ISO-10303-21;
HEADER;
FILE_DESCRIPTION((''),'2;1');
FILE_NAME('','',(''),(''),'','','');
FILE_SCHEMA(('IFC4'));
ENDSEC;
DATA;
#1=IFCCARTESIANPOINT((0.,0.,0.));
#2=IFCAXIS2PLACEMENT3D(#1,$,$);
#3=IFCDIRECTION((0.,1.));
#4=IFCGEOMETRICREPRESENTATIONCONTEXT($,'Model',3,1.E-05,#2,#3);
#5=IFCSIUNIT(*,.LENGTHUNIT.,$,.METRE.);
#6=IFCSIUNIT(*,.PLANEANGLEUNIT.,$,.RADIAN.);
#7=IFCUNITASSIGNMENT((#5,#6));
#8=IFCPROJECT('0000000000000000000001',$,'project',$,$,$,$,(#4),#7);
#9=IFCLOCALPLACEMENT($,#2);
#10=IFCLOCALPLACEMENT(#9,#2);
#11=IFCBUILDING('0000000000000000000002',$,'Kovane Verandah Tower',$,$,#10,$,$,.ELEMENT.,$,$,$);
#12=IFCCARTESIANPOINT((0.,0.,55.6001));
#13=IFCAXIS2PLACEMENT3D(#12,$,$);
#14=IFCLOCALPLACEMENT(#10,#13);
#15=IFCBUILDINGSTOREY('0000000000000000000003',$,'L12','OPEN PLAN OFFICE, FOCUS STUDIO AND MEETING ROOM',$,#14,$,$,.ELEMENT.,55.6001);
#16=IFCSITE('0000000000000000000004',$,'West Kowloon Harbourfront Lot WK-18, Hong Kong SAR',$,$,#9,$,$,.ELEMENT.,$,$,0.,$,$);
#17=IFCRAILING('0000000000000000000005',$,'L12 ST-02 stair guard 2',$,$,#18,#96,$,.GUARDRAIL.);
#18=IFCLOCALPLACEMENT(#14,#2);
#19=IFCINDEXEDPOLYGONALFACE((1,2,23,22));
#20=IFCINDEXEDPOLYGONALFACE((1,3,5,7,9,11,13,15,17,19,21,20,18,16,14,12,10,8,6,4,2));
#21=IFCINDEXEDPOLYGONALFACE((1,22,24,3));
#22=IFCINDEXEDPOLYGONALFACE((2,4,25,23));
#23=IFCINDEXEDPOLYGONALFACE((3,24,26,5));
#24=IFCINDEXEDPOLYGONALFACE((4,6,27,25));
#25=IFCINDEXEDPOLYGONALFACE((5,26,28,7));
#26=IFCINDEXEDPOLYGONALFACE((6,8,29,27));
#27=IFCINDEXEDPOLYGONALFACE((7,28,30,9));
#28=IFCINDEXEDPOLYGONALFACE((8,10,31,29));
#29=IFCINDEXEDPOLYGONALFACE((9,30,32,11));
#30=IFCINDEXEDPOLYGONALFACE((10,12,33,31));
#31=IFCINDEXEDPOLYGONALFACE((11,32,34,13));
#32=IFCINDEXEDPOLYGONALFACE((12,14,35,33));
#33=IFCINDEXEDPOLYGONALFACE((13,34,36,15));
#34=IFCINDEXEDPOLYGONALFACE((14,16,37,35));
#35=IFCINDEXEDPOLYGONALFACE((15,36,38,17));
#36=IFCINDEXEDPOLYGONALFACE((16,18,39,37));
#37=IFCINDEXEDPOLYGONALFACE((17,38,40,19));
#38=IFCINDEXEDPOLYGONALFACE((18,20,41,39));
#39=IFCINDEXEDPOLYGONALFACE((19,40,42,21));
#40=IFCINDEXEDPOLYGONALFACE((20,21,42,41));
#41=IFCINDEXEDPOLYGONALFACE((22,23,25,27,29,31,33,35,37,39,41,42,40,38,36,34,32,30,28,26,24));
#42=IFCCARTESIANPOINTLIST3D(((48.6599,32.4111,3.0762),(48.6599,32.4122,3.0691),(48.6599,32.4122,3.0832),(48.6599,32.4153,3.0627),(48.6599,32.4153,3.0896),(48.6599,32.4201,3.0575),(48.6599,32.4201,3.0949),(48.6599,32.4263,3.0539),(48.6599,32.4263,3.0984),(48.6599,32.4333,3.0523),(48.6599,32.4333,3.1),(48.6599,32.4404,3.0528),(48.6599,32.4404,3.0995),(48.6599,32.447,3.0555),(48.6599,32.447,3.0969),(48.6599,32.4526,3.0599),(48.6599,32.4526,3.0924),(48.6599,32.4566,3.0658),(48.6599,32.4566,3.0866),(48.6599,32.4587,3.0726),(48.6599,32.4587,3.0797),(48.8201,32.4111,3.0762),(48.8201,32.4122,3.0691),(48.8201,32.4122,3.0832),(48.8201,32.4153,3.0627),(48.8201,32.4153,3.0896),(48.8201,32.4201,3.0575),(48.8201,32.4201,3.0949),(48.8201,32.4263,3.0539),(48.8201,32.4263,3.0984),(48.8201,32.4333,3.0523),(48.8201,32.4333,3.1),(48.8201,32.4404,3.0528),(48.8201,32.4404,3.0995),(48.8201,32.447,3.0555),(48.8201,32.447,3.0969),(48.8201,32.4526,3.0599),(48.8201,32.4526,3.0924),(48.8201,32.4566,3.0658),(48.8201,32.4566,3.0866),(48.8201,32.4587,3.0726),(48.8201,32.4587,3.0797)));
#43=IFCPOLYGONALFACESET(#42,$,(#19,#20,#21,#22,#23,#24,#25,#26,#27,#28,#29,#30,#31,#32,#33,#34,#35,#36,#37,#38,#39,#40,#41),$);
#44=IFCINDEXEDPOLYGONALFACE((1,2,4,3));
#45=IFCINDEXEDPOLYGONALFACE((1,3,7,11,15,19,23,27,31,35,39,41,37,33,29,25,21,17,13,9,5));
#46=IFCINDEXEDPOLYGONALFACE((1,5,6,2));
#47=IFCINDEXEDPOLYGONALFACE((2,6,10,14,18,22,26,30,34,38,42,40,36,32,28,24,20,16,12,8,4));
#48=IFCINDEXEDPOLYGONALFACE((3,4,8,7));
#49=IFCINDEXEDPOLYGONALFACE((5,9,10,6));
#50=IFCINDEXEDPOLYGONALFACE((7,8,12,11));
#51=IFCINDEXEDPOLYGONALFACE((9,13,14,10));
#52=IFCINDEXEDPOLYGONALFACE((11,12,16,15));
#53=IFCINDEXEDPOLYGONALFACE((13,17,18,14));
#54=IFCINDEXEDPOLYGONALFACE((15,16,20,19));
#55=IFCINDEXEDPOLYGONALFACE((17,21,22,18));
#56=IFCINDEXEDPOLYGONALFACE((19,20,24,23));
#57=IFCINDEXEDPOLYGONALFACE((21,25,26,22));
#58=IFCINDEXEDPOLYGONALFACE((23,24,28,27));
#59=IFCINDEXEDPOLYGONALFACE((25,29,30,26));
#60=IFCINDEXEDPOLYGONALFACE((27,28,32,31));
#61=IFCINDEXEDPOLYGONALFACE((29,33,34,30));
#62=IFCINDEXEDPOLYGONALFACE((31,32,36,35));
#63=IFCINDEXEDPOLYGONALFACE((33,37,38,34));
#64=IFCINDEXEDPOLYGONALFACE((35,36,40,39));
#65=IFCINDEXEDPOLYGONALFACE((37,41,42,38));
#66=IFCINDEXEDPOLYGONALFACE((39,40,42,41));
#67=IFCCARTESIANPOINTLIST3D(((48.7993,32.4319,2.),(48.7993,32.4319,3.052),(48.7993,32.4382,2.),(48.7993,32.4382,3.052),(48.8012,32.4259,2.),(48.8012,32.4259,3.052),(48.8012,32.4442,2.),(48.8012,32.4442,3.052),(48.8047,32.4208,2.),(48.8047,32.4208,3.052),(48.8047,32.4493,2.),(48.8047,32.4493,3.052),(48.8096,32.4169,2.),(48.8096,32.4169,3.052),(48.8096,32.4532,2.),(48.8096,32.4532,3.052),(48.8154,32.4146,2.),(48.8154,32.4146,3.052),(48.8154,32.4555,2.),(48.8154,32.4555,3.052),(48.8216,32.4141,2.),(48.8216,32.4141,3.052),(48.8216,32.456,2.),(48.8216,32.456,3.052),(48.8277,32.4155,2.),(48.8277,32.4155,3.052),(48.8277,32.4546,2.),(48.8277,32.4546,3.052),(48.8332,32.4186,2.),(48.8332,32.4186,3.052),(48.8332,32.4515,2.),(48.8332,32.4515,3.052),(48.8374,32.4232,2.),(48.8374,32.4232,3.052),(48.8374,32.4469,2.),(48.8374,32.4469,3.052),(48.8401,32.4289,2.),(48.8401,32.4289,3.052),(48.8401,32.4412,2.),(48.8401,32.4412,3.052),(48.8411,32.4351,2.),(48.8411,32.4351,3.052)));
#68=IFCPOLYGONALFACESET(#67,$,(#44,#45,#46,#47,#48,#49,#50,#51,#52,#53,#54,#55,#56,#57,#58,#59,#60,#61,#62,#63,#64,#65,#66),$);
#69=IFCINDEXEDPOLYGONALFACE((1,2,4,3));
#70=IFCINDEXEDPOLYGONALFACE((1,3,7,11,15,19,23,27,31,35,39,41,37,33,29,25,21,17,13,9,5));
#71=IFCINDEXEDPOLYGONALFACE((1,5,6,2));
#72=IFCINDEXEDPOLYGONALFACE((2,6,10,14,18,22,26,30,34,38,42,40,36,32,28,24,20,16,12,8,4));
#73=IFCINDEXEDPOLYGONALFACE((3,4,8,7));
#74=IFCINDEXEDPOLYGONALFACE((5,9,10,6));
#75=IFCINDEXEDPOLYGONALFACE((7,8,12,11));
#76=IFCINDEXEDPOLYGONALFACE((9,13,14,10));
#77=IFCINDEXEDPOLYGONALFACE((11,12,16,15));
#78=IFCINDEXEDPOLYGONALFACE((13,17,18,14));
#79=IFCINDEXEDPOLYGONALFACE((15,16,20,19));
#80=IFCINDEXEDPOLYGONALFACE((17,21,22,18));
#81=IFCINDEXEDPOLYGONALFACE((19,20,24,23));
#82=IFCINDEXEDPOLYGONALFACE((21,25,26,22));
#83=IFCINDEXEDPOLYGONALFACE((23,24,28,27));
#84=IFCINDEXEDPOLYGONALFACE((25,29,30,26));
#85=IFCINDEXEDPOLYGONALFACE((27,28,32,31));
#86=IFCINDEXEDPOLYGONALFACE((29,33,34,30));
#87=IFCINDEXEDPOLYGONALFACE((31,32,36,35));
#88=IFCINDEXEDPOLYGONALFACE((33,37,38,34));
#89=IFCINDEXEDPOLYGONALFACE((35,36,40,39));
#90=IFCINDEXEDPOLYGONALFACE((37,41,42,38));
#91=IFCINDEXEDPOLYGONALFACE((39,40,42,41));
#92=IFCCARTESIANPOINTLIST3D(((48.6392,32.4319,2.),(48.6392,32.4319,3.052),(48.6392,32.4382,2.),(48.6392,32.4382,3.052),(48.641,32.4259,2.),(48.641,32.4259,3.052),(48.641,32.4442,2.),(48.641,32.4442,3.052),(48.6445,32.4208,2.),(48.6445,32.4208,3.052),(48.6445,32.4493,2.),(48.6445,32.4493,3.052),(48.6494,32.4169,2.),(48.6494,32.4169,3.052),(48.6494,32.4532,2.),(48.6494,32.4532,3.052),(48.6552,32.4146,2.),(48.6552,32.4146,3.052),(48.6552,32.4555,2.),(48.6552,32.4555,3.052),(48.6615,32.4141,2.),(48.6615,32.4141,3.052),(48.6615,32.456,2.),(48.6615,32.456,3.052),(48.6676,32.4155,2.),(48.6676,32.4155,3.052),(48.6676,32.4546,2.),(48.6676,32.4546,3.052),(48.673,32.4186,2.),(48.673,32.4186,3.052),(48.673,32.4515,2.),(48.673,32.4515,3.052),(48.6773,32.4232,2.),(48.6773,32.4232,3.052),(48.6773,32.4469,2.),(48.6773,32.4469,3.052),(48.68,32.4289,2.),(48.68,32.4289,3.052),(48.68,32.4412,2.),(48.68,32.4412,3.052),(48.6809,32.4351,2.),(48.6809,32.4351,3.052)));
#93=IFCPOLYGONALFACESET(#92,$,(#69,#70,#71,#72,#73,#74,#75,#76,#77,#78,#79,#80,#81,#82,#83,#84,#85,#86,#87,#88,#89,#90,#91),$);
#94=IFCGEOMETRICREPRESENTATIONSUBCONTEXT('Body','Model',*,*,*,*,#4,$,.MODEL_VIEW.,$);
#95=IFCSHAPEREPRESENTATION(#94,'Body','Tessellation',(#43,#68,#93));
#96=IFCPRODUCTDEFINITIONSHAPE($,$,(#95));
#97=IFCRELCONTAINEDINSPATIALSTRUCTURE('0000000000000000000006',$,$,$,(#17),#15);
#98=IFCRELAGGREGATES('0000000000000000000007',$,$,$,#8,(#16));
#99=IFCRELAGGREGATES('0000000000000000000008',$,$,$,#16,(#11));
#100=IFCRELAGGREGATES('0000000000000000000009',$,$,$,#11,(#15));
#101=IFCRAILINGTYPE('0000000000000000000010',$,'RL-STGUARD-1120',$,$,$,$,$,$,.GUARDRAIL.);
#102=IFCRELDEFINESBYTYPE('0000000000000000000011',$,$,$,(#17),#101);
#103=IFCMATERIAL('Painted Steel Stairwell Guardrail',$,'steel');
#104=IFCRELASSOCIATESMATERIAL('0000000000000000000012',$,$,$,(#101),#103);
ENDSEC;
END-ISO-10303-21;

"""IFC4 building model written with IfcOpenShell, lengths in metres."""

from ifc_helpers import new_model, si_unit, direction, frame, origin, origin_2d, place, context, subcontext, project, spatial, circle, extrude, material, type_object, element, save


model = new_model("IFC4")

# Units and contexts
model_context = context("Model", 3, precision=1e-05, world=origin(), true_north=direction((0.0, 1.0)))
body_context = subcontext(model_context, "Body", "Model", "MODEL_VIEW")
ifc_project = project(units=[si_unit("LENGTHUNIT", "METRE"), si_unit("PLANEANGLEUNIT", "RADIAN")], contexts=[model_context])

# Site, building, storey
site_placement = place(None, origin())
site = spatial("IfcSite", under=ifc_project, at=site_placement, Name="West Kowloon Harbourfront Lot WK-18, Hong Kong SAR", CompositionType="ELEMENT", RefElevation=0.0)
building_placement = place(site_placement, origin())
building = spatial("IfcBuilding", under=site, at=building_placement, Name="Kovane Verandah Tower", CompositionType="ELEMENT")
storey_placement = place(building_placement, frame((0.0, 0.0, 55.6001)))
storey = spatial("IfcBuildingStorey", under=building, at=storey_placement, Name="L12", Description="OPEN PLAN OFFICE, FOCUS STUDIO AND MEETING ROOM", CompositionType="ELEMENT", Elevation=55.6001)

# Railing
ifc_material_1 = material(Name="Painted Steel Stairwell Guardrail", Category="steel")
railing_type_1 = type_object("IfcRailingType", Name="RL-STGUARD-1120", PredefinedType="GUARDRAIL", material=ifc_material_1)
railing_1_placement = place(storey_placement, frame((48.8201, 32.4351, 2.0)))
element("IfcRailing", 1, at=railing_1_placement, inside=storey, type_object=railing_type_1, Name="L12 ST-02 stair guard 2", PredefinedType="GUARDRAIL", context=body_context, shape_type="SweptSolid", body=[
    extrude(circle(Radius=0.0239, at=origin_2d()), frame((0.0, 0.0, 1.0762), z_axis=(-1.0, 0.0, 0.0), x_axis=(0.0, -1.0, 0.0)), (0.0, 0.0, 1.0), 0.1602),
    extrude(circle(Radius=0.021, at=origin_2d()), origin(), (0.0, 0.0, 1.0), 1.052),
    extrude(circle(Radius=0.021, at=origin_2d()), frame((-0.1602, 0.0, 0.0)), (0.0, 0.0, 1.0), 1.052),
])

save(model, "model.ifc")
